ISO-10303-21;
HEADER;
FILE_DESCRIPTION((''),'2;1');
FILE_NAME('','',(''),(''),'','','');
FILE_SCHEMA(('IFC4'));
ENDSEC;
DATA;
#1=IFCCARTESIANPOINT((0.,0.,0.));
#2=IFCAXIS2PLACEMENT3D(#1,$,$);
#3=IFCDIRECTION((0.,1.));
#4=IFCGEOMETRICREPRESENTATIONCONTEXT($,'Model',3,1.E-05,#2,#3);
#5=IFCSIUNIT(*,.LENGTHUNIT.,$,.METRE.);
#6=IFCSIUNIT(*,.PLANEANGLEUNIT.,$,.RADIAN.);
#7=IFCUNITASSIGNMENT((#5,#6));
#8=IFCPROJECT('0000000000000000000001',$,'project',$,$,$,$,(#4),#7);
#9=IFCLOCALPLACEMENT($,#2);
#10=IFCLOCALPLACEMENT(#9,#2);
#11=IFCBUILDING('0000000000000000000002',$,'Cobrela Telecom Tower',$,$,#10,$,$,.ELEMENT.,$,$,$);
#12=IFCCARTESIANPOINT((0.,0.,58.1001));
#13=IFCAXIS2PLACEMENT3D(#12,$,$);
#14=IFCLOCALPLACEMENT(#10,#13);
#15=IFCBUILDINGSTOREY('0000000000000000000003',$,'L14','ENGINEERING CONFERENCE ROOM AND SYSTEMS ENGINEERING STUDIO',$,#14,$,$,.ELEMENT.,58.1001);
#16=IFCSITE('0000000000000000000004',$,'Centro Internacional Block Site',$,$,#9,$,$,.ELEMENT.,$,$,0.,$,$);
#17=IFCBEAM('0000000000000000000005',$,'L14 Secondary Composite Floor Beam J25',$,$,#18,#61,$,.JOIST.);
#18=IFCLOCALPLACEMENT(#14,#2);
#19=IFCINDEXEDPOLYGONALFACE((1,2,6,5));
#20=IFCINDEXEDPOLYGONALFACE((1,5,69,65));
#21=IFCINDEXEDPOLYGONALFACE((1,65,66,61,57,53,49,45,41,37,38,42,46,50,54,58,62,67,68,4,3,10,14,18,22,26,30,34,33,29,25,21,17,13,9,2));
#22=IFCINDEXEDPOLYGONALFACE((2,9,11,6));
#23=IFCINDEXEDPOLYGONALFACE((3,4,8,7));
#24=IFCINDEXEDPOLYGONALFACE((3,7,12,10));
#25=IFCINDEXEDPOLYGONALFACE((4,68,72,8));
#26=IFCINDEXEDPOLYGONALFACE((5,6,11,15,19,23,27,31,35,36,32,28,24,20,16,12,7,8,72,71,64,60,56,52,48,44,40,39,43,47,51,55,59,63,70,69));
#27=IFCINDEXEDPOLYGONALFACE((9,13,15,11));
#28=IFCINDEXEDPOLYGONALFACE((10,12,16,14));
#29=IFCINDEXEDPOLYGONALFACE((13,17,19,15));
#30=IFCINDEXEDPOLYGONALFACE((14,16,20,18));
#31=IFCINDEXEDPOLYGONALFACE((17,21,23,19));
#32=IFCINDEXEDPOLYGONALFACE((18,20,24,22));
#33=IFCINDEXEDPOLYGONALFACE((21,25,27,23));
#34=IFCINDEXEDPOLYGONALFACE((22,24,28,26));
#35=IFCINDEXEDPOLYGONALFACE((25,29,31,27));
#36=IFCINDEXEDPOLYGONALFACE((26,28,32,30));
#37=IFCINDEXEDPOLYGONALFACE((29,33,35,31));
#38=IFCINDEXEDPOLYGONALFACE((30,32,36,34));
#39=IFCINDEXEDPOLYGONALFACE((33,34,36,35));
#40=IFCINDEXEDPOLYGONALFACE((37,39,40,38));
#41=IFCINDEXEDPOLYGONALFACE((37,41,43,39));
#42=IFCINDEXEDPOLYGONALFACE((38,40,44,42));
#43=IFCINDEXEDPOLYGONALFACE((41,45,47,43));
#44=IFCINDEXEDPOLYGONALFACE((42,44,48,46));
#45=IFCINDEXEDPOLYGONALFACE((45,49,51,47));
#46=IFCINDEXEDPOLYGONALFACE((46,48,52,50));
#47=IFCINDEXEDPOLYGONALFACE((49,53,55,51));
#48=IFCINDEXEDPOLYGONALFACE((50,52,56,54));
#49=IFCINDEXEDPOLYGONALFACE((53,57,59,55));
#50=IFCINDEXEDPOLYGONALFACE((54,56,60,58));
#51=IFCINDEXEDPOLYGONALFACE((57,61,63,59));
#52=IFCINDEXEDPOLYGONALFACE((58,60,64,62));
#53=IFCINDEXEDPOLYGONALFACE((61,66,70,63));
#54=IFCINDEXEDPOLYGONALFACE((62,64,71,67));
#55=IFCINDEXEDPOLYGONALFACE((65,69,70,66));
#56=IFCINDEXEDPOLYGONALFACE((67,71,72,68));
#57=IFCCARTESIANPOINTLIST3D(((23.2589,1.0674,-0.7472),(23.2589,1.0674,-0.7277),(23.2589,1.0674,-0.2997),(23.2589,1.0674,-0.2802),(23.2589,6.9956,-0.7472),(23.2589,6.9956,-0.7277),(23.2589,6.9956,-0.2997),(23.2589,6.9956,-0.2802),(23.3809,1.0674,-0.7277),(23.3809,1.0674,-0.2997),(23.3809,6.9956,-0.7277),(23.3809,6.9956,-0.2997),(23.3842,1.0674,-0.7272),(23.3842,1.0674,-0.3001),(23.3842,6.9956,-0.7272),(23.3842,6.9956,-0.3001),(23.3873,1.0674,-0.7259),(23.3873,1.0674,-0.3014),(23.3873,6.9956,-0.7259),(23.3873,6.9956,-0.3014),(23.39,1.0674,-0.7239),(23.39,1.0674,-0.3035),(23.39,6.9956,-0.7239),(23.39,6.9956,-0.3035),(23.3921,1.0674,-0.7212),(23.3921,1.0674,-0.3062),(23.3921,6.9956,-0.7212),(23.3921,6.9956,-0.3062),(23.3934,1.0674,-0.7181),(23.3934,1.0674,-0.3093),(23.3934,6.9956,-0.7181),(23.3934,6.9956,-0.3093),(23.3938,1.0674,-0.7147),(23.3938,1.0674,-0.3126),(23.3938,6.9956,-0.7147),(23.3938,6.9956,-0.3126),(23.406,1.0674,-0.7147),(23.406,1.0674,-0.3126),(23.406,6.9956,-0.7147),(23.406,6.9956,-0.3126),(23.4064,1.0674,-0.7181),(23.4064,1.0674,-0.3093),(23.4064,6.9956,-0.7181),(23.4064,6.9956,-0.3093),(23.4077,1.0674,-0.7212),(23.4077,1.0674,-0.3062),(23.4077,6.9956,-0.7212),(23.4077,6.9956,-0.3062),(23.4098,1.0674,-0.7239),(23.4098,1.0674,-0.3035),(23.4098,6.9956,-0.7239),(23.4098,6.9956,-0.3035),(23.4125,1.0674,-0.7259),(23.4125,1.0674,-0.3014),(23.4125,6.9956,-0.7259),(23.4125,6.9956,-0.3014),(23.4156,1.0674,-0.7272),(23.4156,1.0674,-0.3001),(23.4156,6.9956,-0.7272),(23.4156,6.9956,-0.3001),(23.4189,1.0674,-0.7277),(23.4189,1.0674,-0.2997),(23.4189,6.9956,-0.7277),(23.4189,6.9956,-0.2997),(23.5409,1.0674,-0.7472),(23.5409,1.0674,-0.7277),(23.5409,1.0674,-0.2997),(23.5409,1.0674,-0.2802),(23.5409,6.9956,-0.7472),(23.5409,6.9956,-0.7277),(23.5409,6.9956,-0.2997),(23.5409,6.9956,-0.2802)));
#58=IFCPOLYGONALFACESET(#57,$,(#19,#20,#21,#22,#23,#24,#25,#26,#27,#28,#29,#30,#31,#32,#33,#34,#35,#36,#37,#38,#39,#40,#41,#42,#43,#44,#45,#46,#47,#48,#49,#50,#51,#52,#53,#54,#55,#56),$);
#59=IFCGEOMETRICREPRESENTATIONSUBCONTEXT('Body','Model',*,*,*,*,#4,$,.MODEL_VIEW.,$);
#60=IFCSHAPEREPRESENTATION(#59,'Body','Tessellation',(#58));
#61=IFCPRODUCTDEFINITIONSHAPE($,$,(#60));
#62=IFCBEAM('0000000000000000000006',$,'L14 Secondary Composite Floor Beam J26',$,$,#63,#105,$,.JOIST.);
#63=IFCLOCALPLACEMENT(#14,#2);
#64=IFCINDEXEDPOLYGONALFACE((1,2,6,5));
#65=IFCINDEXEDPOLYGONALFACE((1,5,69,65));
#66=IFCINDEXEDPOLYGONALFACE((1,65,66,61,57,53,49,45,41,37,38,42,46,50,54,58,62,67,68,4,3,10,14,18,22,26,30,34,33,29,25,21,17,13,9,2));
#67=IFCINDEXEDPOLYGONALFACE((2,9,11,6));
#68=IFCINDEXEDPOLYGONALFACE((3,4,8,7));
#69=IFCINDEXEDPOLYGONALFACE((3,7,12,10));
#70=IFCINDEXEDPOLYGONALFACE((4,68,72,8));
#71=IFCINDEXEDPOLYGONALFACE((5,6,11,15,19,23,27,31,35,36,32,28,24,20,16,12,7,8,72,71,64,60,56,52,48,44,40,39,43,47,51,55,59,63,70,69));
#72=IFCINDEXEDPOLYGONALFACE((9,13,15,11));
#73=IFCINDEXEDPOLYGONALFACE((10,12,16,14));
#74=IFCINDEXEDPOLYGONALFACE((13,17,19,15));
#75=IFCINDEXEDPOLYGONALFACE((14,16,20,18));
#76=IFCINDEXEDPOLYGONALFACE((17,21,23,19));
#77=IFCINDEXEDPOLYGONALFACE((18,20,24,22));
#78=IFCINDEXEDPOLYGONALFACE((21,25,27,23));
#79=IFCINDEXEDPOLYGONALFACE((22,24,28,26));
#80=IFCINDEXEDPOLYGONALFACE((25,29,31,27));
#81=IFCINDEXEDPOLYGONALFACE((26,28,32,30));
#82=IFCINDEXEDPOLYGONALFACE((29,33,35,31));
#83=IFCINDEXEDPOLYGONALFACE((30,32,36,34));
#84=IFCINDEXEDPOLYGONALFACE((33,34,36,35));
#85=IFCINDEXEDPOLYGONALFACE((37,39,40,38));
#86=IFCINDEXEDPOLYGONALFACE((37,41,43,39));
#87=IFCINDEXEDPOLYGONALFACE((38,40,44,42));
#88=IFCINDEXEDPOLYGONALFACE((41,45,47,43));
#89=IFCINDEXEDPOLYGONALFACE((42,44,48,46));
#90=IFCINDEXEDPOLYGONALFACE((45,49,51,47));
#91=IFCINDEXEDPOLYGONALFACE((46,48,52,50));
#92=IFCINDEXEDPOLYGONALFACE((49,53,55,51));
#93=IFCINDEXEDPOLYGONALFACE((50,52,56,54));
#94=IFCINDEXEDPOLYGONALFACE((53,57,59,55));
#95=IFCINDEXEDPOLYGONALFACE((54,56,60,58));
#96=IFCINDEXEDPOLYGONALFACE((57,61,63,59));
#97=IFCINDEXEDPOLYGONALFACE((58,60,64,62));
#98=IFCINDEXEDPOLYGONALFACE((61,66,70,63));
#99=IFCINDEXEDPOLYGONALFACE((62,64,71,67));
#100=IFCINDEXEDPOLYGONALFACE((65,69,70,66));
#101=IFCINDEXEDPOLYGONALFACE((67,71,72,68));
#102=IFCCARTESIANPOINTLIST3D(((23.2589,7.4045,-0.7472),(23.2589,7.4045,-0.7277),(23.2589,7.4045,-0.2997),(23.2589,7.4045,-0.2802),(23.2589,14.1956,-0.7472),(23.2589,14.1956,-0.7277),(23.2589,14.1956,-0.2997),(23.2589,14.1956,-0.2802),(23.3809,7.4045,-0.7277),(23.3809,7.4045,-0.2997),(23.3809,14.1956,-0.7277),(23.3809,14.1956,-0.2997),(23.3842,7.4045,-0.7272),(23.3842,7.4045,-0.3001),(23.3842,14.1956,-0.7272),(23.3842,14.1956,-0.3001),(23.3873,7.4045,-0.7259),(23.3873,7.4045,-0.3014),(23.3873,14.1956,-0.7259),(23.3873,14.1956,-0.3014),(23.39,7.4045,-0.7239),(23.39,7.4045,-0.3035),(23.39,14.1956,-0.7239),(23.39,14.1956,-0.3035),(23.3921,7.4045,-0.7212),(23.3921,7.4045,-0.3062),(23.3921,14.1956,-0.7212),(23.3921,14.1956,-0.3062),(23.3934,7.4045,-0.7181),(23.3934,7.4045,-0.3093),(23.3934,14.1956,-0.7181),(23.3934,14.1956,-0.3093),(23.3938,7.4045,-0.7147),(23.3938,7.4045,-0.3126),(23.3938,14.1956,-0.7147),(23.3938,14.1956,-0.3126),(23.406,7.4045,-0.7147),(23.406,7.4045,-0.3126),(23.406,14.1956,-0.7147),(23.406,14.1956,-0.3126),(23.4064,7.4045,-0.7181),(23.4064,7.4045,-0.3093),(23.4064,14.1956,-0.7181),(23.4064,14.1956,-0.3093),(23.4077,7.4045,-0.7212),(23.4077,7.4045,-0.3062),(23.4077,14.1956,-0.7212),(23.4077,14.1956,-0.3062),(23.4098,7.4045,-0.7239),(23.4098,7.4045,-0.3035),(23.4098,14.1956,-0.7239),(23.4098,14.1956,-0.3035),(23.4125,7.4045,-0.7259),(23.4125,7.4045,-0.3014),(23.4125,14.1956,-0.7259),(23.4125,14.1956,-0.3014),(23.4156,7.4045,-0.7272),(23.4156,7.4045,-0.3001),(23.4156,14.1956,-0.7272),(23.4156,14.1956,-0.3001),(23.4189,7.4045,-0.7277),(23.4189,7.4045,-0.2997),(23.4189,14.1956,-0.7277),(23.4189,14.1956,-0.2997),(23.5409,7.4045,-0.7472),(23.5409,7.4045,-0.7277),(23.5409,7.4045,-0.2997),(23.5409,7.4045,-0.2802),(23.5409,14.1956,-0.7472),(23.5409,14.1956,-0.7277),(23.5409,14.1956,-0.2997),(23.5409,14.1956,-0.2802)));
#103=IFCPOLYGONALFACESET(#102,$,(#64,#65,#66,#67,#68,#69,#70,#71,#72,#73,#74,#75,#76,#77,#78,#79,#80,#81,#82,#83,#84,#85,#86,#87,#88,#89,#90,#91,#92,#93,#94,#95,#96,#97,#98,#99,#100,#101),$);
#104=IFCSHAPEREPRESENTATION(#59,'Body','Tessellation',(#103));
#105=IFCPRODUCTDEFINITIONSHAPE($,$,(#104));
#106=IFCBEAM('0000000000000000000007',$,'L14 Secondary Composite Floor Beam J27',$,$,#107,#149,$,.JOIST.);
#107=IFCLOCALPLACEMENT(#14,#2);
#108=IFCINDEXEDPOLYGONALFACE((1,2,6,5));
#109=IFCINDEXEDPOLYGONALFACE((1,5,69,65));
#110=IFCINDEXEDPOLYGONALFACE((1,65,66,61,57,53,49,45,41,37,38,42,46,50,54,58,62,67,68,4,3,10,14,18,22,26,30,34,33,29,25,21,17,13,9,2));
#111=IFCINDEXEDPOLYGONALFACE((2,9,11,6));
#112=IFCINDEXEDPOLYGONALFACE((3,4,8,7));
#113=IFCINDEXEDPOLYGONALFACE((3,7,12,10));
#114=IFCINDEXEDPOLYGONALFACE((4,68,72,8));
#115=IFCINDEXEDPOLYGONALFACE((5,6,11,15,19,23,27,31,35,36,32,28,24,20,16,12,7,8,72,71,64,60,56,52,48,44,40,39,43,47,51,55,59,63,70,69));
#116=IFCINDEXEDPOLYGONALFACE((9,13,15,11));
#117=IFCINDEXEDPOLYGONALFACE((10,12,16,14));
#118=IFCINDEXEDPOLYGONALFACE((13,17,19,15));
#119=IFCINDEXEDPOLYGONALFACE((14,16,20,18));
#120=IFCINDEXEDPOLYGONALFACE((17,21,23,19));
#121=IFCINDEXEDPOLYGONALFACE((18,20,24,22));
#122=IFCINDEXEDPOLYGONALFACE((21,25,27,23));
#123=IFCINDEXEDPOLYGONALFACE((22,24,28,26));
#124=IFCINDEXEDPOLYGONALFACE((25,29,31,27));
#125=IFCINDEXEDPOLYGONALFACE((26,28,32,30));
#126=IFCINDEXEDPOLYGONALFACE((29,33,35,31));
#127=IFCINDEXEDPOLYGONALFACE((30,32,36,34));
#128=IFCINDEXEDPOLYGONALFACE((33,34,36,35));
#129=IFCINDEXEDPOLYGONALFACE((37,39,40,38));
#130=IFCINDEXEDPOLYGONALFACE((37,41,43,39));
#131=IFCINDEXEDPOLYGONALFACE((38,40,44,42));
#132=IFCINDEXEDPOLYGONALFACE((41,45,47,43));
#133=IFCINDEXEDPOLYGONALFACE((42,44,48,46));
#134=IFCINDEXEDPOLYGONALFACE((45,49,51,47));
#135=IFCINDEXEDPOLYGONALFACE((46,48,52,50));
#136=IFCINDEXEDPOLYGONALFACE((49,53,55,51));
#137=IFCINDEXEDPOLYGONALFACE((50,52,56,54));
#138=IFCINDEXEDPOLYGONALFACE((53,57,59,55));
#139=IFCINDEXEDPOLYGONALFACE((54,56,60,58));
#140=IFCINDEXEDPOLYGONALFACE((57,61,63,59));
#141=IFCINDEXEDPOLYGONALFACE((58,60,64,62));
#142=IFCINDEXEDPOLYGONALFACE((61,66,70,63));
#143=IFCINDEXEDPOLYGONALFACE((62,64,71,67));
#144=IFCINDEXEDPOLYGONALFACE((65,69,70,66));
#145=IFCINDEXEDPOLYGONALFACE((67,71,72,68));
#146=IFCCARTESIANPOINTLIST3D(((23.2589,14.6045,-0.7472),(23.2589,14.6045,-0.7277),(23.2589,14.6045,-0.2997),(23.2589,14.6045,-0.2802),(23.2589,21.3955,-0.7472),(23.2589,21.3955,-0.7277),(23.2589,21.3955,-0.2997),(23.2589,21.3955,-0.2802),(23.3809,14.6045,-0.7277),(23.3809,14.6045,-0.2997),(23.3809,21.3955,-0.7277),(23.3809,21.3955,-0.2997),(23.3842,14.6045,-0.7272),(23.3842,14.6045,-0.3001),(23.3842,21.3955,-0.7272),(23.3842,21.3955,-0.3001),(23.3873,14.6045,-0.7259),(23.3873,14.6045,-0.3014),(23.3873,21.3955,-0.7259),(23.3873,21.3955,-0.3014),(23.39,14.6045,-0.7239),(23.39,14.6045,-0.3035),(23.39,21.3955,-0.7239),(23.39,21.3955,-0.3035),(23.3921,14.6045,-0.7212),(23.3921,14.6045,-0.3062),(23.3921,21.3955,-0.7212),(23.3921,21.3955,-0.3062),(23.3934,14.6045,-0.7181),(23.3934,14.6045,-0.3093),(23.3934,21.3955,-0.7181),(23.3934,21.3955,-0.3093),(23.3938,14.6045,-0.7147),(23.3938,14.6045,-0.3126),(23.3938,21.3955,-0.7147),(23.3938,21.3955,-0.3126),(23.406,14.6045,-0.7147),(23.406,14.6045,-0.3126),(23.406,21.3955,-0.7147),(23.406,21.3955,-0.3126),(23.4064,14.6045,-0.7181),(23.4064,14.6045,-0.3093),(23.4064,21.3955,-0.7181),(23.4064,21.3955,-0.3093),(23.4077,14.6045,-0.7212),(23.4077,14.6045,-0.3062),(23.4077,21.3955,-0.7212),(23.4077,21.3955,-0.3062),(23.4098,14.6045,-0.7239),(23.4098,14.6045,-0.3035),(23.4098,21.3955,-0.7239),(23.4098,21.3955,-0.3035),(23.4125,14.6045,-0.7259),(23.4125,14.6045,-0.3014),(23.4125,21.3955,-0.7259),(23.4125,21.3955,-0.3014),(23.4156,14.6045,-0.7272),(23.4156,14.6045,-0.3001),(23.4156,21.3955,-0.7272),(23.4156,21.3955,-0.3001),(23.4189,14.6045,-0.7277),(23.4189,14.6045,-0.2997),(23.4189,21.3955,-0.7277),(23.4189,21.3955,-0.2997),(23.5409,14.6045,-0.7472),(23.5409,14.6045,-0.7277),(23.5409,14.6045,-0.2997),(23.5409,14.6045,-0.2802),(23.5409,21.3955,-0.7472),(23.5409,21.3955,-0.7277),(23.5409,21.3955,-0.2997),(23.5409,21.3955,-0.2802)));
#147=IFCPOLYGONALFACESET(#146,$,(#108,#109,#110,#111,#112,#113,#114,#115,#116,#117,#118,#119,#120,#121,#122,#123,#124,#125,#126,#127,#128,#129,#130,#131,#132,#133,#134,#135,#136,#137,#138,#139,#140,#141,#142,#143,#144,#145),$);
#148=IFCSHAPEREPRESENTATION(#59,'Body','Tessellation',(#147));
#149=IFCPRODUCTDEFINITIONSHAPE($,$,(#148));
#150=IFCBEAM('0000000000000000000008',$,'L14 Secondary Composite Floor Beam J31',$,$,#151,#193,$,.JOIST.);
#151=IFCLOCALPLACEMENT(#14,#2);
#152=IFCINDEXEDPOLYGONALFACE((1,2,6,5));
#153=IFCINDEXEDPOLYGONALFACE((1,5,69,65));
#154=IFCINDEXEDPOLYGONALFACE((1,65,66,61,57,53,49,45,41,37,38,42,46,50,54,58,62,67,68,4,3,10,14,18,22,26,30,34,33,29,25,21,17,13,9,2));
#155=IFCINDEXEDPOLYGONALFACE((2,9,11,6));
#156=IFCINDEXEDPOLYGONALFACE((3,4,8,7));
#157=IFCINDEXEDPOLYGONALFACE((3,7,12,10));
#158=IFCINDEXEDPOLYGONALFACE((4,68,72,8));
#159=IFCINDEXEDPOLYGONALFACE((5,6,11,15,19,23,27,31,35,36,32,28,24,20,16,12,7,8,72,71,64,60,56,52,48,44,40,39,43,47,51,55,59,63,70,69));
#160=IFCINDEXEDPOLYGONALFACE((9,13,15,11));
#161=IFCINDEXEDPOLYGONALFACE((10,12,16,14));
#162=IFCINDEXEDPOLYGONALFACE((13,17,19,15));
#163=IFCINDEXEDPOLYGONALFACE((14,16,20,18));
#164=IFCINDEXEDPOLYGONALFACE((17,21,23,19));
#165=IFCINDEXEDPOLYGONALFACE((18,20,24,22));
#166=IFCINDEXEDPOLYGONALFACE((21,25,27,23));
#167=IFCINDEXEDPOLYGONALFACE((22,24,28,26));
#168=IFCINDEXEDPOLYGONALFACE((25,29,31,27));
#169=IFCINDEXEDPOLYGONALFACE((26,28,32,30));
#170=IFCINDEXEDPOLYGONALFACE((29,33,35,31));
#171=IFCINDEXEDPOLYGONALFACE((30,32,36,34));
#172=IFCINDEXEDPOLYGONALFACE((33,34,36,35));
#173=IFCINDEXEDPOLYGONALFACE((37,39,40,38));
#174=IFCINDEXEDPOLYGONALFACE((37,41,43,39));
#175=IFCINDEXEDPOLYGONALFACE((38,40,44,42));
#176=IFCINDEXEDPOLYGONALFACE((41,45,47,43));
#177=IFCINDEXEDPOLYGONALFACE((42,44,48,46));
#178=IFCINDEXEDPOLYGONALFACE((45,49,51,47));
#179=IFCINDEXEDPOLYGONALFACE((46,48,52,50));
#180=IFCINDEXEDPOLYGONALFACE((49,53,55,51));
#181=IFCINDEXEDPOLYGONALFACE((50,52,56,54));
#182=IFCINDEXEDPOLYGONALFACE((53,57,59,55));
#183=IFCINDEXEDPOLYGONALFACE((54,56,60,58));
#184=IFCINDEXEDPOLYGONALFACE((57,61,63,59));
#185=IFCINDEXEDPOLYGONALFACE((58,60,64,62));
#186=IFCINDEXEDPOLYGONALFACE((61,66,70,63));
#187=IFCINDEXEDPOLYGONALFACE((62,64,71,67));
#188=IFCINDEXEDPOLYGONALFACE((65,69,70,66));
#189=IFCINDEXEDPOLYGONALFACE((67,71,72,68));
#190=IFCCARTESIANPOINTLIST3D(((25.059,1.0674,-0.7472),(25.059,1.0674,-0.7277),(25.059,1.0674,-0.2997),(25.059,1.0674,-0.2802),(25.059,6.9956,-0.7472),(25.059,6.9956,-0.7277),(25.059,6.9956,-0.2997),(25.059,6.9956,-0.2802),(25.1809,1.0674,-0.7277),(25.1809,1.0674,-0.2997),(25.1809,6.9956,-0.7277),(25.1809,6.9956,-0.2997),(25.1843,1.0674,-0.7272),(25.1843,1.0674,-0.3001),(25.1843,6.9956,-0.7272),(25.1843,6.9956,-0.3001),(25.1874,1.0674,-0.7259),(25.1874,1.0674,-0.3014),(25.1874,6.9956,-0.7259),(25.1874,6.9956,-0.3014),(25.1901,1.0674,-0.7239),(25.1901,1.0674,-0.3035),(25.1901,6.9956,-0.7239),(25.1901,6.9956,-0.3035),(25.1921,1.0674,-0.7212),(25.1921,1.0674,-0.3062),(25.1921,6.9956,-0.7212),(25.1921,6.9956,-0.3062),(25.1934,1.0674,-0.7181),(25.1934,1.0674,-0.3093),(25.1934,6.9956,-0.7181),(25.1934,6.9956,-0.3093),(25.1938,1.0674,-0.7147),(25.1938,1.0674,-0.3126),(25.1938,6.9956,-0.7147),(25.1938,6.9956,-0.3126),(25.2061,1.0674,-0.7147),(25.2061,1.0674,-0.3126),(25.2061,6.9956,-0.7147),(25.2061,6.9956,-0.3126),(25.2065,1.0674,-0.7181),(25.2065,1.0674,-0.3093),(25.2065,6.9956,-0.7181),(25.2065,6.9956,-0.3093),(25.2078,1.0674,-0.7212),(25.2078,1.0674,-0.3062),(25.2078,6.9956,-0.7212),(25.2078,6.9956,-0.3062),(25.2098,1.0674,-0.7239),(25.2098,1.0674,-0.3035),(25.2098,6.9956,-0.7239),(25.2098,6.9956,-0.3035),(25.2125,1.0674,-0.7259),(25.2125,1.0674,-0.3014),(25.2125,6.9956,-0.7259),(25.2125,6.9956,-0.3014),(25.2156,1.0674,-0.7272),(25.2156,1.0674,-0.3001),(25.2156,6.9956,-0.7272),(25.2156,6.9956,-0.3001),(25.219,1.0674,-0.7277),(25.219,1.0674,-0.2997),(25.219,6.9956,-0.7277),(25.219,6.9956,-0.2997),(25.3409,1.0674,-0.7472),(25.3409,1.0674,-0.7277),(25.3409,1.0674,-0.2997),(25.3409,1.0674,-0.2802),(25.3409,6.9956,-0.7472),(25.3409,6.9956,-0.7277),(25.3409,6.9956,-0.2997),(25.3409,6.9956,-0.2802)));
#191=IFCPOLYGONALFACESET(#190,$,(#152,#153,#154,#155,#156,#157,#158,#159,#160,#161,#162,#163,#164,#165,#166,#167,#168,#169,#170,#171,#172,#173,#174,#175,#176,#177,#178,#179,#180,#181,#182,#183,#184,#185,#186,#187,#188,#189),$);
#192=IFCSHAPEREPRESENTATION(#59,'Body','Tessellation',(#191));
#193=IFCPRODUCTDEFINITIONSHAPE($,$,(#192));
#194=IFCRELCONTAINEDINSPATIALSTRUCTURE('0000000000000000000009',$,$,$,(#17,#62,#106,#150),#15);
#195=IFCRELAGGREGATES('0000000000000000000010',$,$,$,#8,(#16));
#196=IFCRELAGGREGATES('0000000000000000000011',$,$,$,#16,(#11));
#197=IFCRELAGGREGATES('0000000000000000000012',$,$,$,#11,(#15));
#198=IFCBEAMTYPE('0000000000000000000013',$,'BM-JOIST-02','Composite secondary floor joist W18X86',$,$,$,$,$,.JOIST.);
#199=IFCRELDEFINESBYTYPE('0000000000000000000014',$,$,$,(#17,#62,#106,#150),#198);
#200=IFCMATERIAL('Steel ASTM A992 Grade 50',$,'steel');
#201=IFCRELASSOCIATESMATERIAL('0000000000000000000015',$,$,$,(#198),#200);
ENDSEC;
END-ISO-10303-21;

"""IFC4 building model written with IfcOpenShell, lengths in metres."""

from ifc_helpers import new_model, si_unit, direction, frame, origin, origin_2d, place, context, subcontext, project, spatial, i_section, extrude, material, material_profile, profile_set, type_object, element, save


model = new_model("IFC4")

# Units and contexts
model_context = context("Model", 3, precision=1e-05, world=origin(), true_north=direction((0.0, 1.0)))
body_context = subcontext(model_context, "Body", "Model", "MODEL_VIEW")
ifc_project = project(units=[si_unit("LENGTHUNIT", "METRE"), si_unit("PLANEANGLEUNIT", "RADIAN")], contexts=[model_context])

# Site, building, storey
site_placement = place(None, origin())
site = spatial("IfcSite", under=ifc_project, at=site_placement, Name="Centro Internacional Block Site", CompositionType="ELEMENT", RefElevation=0.0)
building_placement = place(site_placement, origin())
building = spatial("IfcBuilding", under=site, at=building_placement, Name="Cobrela Telecom Tower", CompositionType="ELEMENT")
storey_placement = place(building_placement, frame((0.0, 0.0, 58.1001)))
storey = spatial("IfcBuildingStorey", under=building, at=storey_placement, Name="L14", Description="ENGINEERING CONFERENCE ROOM AND SYSTEMS ENGINEERING STUDIO", CompositionType="ELEMENT", Elevation=58.1001)

# Shared definitions
ifc_material_1 = material(Name="Steel ASTM A992 Grade 50", Category="steel")

# Beams
ifc_material_profile_1 = material_profile(ifc_material_1, i_section(OverallWidth=0.282, OverallDepth=0.467, WebThickness=0.0122, FlangeThickness=0.0195, FilletRadius=0.0129, at=origin_2d()), Name="W18X86")
ifc_profile_set_1 = profile_set([ifc_material_profile_1], Name="Steel ASTM A992 Grade 50")
beam_type_1 = type_object("IfcBeamType", Name="BM-JOIST-02", Description="Composite secondary floor joist W18X86", PredefinedType="JOIST", material=ifc_profile_set_1)
beam_1_placement = place(storey_placement, frame((23.3999, 1.0674, -0.5137), z_axis=(0.0, 1.0, 0.0), x_axis=(-1.0, 0.0, 0.0)))
element("IfcBeam", 1, at=beam_1_placement, inside=storey, type_object=beam_type_1, Name="L14 Secondary Composite Floor Beam J25", PredefinedType="JOIST", context=body_context, shape_type="SweptSolid", body=[
    extrude(i_section(OverallWidth=0.282, OverallDepth=0.467, WebThickness=0.0122, FlangeThickness=0.0195, FilletRadius=0.0129, at=origin_2d()), origin(), (0.0, 0.0, 1.0), 5.9282),
])
for number, where, z_axis, x_axis, name in (
    (2, (23.3999, 7.4045, -0.5137), (0.0, 1.0, 0.0), (-1.0, 0.0, 0.0), "L14 Secondary Composite Floor Beam J26"),
    (3, (23.3999, 14.6045, -0.5137), (0.0, 1.0, 0.0), (-1.0, 0.0, 0.0), "L14 Secondary Composite Floor Beam J27"),
):
    element("IfcBeam", number, at=place(storey_placement, frame(where, z_axis=z_axis, x_axis=x_axis)), inside=storey, type_object=beam_type_1, Name=name, PredefinedType="JOIST", context=body_context, shape_type="SweptSolid", body=[
        extrude(i_section(OverallWidth=0.282, OverallDepth=0.467, WebThickness=0.0122, FlangeThickness=0.0195, FilletRadius=0.0129, at=origin_2d()), origin(), (0.0, 0.0, 1.0), 6.791),
    ])
beam_2_placement = place(storey_placement, frame((25.2, 1.0674, -0.5137), z_axis=(0.0, 1.0, 0.0), x_axis=(-1.0, 0.0, 0.0)))
element("IfcBeam", 4, at=beam_2_placement, inside=storey, type_object=beam_type_1, Name="L14 Secondary Composite Floor Beam J31", PredefinedType="JOIST", context=body_context, shape_type="SweptSolid", body=[
    extrude(i_section(OverallWidth=0.282, OverallDepth=0.467, WebThickness=0.0122, FlangeThickness=0.0195, FilletRadius=0.0129, at=origin_2d()), origin(), (0.0, 0.0, 1.0), 5.9282),
])

save(model, "model.ifc")
